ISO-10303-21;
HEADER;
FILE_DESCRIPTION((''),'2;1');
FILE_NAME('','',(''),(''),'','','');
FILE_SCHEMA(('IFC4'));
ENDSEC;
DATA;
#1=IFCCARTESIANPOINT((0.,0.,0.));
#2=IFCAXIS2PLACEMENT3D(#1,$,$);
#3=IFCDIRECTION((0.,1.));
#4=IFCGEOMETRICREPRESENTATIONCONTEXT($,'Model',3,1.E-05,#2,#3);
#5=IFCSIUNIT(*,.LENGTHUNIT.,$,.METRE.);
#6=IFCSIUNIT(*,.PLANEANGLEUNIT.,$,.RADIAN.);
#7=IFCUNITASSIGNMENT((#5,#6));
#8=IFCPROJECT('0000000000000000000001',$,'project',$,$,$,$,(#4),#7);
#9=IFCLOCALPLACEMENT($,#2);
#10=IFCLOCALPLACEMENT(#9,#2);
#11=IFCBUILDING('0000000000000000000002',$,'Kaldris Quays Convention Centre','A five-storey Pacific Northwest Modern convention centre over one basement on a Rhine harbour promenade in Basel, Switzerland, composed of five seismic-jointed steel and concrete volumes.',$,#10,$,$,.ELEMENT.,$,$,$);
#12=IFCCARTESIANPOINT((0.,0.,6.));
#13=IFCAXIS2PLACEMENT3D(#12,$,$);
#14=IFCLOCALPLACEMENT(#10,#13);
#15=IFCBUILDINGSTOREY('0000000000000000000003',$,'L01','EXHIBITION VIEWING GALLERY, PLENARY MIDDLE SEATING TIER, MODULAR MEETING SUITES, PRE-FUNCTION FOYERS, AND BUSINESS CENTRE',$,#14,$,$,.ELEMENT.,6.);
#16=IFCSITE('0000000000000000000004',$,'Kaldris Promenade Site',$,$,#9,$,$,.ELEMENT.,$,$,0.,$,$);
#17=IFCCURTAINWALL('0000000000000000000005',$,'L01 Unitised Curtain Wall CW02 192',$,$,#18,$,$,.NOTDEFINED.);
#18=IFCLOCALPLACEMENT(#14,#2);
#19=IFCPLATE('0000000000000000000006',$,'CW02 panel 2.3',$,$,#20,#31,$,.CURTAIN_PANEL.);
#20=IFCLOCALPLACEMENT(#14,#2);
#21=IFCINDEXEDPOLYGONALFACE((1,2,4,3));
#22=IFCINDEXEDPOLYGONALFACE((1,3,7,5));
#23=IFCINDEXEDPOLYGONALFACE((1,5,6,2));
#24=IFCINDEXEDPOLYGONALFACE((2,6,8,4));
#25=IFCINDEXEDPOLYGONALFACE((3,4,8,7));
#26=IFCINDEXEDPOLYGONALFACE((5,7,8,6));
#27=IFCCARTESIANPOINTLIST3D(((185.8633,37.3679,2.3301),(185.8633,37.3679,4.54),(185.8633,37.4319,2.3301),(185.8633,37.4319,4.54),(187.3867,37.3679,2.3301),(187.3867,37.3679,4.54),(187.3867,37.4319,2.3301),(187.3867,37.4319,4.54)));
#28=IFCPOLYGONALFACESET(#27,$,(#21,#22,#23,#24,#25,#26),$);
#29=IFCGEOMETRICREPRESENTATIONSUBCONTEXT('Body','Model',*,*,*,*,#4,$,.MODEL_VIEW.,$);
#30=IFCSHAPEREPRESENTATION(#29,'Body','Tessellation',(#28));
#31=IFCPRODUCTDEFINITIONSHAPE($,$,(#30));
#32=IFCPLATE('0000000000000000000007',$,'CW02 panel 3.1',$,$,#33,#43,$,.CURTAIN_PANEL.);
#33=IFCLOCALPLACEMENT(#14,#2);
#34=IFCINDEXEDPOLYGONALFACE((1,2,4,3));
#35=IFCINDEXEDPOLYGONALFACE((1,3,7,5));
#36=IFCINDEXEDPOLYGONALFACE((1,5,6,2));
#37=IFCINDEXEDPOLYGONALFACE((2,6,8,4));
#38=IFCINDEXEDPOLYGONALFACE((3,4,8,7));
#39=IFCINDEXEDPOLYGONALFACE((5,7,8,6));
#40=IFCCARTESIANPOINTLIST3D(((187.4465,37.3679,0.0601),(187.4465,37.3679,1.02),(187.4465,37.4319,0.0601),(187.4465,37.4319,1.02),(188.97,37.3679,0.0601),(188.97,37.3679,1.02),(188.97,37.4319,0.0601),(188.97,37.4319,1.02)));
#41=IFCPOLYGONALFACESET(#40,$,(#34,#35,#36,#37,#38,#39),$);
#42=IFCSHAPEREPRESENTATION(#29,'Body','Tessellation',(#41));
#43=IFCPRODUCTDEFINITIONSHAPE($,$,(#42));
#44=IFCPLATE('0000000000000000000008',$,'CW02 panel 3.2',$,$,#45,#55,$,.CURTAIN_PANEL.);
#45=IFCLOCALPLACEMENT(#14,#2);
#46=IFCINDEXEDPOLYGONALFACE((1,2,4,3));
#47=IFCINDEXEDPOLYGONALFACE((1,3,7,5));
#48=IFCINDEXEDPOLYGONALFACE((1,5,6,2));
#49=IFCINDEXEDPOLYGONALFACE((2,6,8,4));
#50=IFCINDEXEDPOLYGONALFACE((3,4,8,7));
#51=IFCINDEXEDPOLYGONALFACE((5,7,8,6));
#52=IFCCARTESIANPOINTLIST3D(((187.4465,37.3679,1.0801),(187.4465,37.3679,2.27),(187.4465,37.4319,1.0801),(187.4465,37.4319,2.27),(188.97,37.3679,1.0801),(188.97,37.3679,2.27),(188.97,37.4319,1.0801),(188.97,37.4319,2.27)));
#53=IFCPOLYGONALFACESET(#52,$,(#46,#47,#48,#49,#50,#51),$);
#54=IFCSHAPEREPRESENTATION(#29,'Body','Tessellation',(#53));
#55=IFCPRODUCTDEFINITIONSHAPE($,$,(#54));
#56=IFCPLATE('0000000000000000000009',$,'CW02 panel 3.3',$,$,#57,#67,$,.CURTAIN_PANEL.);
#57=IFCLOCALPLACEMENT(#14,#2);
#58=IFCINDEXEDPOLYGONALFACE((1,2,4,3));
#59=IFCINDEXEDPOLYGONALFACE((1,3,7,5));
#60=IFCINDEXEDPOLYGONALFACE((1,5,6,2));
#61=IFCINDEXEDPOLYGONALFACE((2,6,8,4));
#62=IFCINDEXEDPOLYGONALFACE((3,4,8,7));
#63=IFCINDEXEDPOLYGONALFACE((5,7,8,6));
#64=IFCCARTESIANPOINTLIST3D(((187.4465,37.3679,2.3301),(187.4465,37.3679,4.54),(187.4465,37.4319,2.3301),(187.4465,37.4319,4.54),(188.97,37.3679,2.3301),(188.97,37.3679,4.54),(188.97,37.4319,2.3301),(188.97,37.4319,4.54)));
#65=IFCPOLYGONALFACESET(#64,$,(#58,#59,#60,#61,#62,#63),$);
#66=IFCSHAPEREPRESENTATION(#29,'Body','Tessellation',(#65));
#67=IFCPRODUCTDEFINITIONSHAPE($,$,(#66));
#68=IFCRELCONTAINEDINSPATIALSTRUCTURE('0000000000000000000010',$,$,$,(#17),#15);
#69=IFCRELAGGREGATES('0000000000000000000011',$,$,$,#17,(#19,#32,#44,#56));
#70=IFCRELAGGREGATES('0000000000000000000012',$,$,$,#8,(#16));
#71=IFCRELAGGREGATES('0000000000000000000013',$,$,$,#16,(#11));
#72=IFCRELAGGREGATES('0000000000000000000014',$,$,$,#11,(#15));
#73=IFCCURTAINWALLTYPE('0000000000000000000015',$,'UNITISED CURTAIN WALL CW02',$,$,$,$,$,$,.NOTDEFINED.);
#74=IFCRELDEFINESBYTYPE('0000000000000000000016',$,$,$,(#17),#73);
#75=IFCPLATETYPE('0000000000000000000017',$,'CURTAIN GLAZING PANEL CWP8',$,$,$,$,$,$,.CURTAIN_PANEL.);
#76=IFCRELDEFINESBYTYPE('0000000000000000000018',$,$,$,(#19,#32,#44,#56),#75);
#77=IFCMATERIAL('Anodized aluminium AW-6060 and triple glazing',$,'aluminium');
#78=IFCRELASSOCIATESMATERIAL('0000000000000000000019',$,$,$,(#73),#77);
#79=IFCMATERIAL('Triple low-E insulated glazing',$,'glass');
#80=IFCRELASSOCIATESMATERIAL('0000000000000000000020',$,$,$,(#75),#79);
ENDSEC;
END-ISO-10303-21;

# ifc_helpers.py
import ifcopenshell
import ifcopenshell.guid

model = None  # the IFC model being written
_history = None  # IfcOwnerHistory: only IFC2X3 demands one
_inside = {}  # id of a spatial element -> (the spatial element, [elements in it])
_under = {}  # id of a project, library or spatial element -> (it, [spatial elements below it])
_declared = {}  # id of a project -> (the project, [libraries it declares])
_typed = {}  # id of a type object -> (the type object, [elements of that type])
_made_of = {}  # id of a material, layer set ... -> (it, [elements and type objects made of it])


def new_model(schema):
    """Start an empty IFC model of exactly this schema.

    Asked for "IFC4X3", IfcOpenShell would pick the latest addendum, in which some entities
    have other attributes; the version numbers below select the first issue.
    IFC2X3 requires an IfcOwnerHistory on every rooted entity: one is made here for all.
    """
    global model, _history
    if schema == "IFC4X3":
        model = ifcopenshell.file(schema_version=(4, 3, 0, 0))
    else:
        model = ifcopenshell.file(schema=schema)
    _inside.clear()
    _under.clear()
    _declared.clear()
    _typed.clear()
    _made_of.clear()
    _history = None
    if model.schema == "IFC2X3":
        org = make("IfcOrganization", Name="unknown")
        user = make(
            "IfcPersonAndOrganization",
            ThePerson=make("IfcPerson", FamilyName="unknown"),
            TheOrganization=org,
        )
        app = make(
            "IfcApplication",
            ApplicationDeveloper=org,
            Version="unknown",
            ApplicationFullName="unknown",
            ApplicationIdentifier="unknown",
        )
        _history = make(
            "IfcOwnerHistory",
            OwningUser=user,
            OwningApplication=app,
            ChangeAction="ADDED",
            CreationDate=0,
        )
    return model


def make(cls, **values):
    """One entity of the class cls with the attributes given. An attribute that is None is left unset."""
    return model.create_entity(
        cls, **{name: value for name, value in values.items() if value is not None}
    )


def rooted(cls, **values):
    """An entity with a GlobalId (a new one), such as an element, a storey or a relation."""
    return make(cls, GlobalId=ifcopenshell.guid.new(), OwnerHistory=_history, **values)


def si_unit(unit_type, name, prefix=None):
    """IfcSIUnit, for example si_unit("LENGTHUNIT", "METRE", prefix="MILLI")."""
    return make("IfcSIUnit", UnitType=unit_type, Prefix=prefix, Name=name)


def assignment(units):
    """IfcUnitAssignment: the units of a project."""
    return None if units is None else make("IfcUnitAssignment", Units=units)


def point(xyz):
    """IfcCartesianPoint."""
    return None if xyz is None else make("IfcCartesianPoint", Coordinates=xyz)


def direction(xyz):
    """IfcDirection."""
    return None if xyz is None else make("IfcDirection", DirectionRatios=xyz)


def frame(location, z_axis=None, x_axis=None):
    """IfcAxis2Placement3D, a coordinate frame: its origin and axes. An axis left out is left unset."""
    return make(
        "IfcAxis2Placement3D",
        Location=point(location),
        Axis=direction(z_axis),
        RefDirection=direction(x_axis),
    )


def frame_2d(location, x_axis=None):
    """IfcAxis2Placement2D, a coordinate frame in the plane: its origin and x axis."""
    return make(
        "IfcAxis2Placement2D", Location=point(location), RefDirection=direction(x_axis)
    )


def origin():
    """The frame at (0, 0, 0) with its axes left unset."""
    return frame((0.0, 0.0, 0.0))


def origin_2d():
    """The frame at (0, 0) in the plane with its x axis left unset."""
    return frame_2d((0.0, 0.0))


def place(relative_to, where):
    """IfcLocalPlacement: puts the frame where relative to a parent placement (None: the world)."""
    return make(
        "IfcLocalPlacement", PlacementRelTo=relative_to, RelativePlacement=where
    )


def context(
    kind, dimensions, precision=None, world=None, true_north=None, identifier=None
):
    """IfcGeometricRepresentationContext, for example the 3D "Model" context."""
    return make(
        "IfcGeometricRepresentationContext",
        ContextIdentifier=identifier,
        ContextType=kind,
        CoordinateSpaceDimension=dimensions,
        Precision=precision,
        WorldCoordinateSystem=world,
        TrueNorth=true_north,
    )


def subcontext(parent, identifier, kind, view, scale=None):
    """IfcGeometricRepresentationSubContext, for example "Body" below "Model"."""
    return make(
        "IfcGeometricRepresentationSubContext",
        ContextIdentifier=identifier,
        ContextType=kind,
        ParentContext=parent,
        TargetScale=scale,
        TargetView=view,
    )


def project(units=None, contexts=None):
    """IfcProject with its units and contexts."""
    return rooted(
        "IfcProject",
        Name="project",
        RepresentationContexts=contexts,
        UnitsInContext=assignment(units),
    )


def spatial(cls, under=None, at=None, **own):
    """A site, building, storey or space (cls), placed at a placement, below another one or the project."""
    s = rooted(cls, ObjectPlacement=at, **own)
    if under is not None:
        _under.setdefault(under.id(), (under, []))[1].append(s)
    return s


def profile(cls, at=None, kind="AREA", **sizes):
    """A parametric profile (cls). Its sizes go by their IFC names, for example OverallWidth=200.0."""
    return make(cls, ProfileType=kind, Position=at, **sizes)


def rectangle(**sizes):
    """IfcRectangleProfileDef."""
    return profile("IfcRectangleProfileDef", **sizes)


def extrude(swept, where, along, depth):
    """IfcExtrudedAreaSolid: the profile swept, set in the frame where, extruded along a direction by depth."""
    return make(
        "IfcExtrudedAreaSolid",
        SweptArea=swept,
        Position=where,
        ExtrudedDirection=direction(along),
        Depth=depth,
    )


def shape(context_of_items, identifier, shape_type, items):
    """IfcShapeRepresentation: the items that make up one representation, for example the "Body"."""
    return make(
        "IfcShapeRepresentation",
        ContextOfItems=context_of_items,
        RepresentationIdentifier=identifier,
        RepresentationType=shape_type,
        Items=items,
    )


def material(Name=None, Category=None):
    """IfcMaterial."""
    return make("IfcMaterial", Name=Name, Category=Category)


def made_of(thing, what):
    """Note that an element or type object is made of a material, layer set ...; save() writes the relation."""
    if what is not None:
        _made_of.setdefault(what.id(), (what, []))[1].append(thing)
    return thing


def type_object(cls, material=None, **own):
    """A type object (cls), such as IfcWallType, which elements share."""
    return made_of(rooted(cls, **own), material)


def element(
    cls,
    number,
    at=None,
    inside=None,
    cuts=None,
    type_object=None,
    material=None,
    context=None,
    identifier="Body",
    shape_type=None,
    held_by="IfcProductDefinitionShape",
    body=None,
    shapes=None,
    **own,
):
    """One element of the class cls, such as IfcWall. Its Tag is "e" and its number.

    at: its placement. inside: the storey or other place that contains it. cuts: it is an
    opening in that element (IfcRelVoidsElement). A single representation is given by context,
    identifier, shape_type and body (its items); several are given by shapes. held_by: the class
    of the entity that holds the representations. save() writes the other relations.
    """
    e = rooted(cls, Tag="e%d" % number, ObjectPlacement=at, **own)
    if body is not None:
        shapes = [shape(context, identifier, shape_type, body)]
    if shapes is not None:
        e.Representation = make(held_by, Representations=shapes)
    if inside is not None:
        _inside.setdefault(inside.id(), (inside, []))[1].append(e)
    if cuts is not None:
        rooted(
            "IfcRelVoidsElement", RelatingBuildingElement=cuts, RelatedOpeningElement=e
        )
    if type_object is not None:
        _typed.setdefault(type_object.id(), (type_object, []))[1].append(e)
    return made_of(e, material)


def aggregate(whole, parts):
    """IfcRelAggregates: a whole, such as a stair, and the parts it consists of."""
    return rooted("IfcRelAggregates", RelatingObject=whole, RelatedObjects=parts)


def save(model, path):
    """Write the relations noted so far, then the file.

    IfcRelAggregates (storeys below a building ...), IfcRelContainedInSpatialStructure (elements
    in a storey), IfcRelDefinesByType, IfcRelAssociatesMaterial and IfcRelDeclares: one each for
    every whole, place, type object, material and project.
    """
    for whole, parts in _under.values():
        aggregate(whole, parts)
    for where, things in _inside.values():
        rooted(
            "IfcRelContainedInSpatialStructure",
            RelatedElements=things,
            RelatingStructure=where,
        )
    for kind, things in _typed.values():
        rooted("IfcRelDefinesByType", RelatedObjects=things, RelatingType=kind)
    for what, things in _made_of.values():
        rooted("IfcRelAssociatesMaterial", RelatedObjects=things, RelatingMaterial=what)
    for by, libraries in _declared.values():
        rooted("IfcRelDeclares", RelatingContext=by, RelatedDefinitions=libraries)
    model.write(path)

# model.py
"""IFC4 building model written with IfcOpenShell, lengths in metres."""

from ifc_helpers import new_model, si_unit, direction, frame, origin, origin_2d, place, context, subcontext, project, spatial, rectangle, extrude, material, type_object, element, aggregate, save


model = new_model("IFC4")

# Units and contexts
model_context = context("Model", 3, precision=1e-05, world=origin(), true_north=direction((0.0, 1.0)))
body_context = subcontext(model_context, "Body", "Model", "MODEL_VIEW")
ifc_project = project(units=[si_unit("LENGTHUNIT", "METRE"), si_unit("PLANEANGLEUNIT", "RADIAN")], contexts=[model_context])

# Site, building, storey
site_placement = place(None, origin())
site = spatial("IfcSite", under=ifc_project, at=site_placement, Name="Kaldris Promenade Site", CompositionType="ELEMENT", RefElevation=0.0)
building_placement = place(site_placement, origin())
building = spatial("IfcBuilding", under=site, at=building_placement, Name="Kaldris Quays Convention Centre", Description="A five-storey Pacific Northwest Modern convention centre over one basement on a Rhine harbour promenade in Basel, Switzerland, composed of five seismic-jointed steel and concrete volumes.", CompositionType="ELEMENT")
storey_placement = place(building_placement, frame((0.0, 0.0, 6.0)))
storey = spatial("IfcBuildingStorey", under=building, at=storey_placement, Name="L01", Description="EXHIBITION VIEWING GALLERY, PLENARY MIDDLE SEATING TIER, MODULAR MEETING SUITES, PRE-FUNCTION FOYERS, AND BUSINESS CENTRE", CompositionType="ELEMENT", Elevation=6.0)

# Curtain wall
ifc_material_1 = material(Name="Anodized aluminium AW-6060 and triple glazing", Category="aluminium")
curtain_wall_type = type_object("IfcCurtainWallType", Name="UNITISED CURTAIN WALL CW02", PredefinedType="NOTDEFINED", material=ifc_material_1)
curtain_wall_placement = place(storey_placement, origin())
curtain_wall = element("IfcCurtainWall", 1, at=curtain_wall_placement, inside=storey, type_object=curtain_wall_type, Name="L01 Unitised Curtain Wall CW02 192", PredefinedType="NOTDEFINED")

# Plates
ifc_material_2 = material(Name="Triple low-E insulated glazing", Category="glass")
plate_type = type_object("IfcPlateType", Name="CURTAIN GLAZING PANEL CWP8", PredefinedType="CURTAIN_PANEL", material=ifc_material_2)
plate_1_placement = place(storey_placement, frame((186.625, 37.3999, 2.3301), z_axis=(0.0, 0.0, 1.0), x_axis=(1.0, 0.0, 0.0)))
plate_1 = element("IfcPlate", 2, at=plate_1_placement, type_object=plate_type, Name="CW02 panel 2.3", PredefinedType="CURTAIN_PANEL", context=body_context, shape_type="SweptSolid", body=[
    extrude(rectangle(XDim=1.5234, YDim=0.064, at=origin_2d()), origin(), (0.0, 0.0, 1.0), 2.21),
])
plate_2_placement = place(storey_placement, frame((188.2083, 37.3999, 0.0601), z_axis=(0.0, 0.0, 1.0), x_axis=(1.0, 0.0, 0.0)))
plate_2 = element("IfcPlate", 3, at=plate_2_placement, type_object=plate_type, Name="CW02 panel 3.1", PredefinedType="CURTAIN_PANEL", context=body_context, shape_type="SweptSolid", body=[
    extrude(rectangle(XDim=1.5234, YDim=0.064, at=origin_2d()), origin(), (0.0, 0.0, 1.0), 0.96),
])
plate_3_placement = place(storey_placement, frame((188.2083, 37.3999, 1.0801), z_axis=(0.0, 0.0, 1.0), x_axis=(1.0, 0.0, 0.0)))
plate_3 = element("IfcPlate", 4, at=plate_3_placement, type_object=plate_type, Name="CW02 panel 3.2", PredefinedType="CURTAIN_PANEL", context=body_context, shape_type="SweptSolid", body=[
    extrude(rectangle(XDim=1.5234, YDim=0.064, at=origin_2d()), origin(), (0.0, 0.0, 1.0), 1.1899),
])
plate_4_placement = place(storey_placement, frame((188.2083, 37.3999, 2.3301), z_axis=(0.0, 0.0, 1.0), x_axis=(1.0, 0.0, 0.0)))
plate_4 = element("IfcPlate", 5, at=plate_4_placement, type_object=plate_type, Name="CW02 panel 3.3", PredefinedType="CURTAIN_PANEL", context=body_context, shape_type="SweptSolid", body=[
    extrude(rectangle(XDim=1.5234, YDim=0.064, at=origin_2d()), origin(), (0.0, 0.0, 1.0), 2.21),
])
aggregate(curtain_wall, [plate_1, plate_2, plate_3, plate_4])

save(model, "model.ifc")
